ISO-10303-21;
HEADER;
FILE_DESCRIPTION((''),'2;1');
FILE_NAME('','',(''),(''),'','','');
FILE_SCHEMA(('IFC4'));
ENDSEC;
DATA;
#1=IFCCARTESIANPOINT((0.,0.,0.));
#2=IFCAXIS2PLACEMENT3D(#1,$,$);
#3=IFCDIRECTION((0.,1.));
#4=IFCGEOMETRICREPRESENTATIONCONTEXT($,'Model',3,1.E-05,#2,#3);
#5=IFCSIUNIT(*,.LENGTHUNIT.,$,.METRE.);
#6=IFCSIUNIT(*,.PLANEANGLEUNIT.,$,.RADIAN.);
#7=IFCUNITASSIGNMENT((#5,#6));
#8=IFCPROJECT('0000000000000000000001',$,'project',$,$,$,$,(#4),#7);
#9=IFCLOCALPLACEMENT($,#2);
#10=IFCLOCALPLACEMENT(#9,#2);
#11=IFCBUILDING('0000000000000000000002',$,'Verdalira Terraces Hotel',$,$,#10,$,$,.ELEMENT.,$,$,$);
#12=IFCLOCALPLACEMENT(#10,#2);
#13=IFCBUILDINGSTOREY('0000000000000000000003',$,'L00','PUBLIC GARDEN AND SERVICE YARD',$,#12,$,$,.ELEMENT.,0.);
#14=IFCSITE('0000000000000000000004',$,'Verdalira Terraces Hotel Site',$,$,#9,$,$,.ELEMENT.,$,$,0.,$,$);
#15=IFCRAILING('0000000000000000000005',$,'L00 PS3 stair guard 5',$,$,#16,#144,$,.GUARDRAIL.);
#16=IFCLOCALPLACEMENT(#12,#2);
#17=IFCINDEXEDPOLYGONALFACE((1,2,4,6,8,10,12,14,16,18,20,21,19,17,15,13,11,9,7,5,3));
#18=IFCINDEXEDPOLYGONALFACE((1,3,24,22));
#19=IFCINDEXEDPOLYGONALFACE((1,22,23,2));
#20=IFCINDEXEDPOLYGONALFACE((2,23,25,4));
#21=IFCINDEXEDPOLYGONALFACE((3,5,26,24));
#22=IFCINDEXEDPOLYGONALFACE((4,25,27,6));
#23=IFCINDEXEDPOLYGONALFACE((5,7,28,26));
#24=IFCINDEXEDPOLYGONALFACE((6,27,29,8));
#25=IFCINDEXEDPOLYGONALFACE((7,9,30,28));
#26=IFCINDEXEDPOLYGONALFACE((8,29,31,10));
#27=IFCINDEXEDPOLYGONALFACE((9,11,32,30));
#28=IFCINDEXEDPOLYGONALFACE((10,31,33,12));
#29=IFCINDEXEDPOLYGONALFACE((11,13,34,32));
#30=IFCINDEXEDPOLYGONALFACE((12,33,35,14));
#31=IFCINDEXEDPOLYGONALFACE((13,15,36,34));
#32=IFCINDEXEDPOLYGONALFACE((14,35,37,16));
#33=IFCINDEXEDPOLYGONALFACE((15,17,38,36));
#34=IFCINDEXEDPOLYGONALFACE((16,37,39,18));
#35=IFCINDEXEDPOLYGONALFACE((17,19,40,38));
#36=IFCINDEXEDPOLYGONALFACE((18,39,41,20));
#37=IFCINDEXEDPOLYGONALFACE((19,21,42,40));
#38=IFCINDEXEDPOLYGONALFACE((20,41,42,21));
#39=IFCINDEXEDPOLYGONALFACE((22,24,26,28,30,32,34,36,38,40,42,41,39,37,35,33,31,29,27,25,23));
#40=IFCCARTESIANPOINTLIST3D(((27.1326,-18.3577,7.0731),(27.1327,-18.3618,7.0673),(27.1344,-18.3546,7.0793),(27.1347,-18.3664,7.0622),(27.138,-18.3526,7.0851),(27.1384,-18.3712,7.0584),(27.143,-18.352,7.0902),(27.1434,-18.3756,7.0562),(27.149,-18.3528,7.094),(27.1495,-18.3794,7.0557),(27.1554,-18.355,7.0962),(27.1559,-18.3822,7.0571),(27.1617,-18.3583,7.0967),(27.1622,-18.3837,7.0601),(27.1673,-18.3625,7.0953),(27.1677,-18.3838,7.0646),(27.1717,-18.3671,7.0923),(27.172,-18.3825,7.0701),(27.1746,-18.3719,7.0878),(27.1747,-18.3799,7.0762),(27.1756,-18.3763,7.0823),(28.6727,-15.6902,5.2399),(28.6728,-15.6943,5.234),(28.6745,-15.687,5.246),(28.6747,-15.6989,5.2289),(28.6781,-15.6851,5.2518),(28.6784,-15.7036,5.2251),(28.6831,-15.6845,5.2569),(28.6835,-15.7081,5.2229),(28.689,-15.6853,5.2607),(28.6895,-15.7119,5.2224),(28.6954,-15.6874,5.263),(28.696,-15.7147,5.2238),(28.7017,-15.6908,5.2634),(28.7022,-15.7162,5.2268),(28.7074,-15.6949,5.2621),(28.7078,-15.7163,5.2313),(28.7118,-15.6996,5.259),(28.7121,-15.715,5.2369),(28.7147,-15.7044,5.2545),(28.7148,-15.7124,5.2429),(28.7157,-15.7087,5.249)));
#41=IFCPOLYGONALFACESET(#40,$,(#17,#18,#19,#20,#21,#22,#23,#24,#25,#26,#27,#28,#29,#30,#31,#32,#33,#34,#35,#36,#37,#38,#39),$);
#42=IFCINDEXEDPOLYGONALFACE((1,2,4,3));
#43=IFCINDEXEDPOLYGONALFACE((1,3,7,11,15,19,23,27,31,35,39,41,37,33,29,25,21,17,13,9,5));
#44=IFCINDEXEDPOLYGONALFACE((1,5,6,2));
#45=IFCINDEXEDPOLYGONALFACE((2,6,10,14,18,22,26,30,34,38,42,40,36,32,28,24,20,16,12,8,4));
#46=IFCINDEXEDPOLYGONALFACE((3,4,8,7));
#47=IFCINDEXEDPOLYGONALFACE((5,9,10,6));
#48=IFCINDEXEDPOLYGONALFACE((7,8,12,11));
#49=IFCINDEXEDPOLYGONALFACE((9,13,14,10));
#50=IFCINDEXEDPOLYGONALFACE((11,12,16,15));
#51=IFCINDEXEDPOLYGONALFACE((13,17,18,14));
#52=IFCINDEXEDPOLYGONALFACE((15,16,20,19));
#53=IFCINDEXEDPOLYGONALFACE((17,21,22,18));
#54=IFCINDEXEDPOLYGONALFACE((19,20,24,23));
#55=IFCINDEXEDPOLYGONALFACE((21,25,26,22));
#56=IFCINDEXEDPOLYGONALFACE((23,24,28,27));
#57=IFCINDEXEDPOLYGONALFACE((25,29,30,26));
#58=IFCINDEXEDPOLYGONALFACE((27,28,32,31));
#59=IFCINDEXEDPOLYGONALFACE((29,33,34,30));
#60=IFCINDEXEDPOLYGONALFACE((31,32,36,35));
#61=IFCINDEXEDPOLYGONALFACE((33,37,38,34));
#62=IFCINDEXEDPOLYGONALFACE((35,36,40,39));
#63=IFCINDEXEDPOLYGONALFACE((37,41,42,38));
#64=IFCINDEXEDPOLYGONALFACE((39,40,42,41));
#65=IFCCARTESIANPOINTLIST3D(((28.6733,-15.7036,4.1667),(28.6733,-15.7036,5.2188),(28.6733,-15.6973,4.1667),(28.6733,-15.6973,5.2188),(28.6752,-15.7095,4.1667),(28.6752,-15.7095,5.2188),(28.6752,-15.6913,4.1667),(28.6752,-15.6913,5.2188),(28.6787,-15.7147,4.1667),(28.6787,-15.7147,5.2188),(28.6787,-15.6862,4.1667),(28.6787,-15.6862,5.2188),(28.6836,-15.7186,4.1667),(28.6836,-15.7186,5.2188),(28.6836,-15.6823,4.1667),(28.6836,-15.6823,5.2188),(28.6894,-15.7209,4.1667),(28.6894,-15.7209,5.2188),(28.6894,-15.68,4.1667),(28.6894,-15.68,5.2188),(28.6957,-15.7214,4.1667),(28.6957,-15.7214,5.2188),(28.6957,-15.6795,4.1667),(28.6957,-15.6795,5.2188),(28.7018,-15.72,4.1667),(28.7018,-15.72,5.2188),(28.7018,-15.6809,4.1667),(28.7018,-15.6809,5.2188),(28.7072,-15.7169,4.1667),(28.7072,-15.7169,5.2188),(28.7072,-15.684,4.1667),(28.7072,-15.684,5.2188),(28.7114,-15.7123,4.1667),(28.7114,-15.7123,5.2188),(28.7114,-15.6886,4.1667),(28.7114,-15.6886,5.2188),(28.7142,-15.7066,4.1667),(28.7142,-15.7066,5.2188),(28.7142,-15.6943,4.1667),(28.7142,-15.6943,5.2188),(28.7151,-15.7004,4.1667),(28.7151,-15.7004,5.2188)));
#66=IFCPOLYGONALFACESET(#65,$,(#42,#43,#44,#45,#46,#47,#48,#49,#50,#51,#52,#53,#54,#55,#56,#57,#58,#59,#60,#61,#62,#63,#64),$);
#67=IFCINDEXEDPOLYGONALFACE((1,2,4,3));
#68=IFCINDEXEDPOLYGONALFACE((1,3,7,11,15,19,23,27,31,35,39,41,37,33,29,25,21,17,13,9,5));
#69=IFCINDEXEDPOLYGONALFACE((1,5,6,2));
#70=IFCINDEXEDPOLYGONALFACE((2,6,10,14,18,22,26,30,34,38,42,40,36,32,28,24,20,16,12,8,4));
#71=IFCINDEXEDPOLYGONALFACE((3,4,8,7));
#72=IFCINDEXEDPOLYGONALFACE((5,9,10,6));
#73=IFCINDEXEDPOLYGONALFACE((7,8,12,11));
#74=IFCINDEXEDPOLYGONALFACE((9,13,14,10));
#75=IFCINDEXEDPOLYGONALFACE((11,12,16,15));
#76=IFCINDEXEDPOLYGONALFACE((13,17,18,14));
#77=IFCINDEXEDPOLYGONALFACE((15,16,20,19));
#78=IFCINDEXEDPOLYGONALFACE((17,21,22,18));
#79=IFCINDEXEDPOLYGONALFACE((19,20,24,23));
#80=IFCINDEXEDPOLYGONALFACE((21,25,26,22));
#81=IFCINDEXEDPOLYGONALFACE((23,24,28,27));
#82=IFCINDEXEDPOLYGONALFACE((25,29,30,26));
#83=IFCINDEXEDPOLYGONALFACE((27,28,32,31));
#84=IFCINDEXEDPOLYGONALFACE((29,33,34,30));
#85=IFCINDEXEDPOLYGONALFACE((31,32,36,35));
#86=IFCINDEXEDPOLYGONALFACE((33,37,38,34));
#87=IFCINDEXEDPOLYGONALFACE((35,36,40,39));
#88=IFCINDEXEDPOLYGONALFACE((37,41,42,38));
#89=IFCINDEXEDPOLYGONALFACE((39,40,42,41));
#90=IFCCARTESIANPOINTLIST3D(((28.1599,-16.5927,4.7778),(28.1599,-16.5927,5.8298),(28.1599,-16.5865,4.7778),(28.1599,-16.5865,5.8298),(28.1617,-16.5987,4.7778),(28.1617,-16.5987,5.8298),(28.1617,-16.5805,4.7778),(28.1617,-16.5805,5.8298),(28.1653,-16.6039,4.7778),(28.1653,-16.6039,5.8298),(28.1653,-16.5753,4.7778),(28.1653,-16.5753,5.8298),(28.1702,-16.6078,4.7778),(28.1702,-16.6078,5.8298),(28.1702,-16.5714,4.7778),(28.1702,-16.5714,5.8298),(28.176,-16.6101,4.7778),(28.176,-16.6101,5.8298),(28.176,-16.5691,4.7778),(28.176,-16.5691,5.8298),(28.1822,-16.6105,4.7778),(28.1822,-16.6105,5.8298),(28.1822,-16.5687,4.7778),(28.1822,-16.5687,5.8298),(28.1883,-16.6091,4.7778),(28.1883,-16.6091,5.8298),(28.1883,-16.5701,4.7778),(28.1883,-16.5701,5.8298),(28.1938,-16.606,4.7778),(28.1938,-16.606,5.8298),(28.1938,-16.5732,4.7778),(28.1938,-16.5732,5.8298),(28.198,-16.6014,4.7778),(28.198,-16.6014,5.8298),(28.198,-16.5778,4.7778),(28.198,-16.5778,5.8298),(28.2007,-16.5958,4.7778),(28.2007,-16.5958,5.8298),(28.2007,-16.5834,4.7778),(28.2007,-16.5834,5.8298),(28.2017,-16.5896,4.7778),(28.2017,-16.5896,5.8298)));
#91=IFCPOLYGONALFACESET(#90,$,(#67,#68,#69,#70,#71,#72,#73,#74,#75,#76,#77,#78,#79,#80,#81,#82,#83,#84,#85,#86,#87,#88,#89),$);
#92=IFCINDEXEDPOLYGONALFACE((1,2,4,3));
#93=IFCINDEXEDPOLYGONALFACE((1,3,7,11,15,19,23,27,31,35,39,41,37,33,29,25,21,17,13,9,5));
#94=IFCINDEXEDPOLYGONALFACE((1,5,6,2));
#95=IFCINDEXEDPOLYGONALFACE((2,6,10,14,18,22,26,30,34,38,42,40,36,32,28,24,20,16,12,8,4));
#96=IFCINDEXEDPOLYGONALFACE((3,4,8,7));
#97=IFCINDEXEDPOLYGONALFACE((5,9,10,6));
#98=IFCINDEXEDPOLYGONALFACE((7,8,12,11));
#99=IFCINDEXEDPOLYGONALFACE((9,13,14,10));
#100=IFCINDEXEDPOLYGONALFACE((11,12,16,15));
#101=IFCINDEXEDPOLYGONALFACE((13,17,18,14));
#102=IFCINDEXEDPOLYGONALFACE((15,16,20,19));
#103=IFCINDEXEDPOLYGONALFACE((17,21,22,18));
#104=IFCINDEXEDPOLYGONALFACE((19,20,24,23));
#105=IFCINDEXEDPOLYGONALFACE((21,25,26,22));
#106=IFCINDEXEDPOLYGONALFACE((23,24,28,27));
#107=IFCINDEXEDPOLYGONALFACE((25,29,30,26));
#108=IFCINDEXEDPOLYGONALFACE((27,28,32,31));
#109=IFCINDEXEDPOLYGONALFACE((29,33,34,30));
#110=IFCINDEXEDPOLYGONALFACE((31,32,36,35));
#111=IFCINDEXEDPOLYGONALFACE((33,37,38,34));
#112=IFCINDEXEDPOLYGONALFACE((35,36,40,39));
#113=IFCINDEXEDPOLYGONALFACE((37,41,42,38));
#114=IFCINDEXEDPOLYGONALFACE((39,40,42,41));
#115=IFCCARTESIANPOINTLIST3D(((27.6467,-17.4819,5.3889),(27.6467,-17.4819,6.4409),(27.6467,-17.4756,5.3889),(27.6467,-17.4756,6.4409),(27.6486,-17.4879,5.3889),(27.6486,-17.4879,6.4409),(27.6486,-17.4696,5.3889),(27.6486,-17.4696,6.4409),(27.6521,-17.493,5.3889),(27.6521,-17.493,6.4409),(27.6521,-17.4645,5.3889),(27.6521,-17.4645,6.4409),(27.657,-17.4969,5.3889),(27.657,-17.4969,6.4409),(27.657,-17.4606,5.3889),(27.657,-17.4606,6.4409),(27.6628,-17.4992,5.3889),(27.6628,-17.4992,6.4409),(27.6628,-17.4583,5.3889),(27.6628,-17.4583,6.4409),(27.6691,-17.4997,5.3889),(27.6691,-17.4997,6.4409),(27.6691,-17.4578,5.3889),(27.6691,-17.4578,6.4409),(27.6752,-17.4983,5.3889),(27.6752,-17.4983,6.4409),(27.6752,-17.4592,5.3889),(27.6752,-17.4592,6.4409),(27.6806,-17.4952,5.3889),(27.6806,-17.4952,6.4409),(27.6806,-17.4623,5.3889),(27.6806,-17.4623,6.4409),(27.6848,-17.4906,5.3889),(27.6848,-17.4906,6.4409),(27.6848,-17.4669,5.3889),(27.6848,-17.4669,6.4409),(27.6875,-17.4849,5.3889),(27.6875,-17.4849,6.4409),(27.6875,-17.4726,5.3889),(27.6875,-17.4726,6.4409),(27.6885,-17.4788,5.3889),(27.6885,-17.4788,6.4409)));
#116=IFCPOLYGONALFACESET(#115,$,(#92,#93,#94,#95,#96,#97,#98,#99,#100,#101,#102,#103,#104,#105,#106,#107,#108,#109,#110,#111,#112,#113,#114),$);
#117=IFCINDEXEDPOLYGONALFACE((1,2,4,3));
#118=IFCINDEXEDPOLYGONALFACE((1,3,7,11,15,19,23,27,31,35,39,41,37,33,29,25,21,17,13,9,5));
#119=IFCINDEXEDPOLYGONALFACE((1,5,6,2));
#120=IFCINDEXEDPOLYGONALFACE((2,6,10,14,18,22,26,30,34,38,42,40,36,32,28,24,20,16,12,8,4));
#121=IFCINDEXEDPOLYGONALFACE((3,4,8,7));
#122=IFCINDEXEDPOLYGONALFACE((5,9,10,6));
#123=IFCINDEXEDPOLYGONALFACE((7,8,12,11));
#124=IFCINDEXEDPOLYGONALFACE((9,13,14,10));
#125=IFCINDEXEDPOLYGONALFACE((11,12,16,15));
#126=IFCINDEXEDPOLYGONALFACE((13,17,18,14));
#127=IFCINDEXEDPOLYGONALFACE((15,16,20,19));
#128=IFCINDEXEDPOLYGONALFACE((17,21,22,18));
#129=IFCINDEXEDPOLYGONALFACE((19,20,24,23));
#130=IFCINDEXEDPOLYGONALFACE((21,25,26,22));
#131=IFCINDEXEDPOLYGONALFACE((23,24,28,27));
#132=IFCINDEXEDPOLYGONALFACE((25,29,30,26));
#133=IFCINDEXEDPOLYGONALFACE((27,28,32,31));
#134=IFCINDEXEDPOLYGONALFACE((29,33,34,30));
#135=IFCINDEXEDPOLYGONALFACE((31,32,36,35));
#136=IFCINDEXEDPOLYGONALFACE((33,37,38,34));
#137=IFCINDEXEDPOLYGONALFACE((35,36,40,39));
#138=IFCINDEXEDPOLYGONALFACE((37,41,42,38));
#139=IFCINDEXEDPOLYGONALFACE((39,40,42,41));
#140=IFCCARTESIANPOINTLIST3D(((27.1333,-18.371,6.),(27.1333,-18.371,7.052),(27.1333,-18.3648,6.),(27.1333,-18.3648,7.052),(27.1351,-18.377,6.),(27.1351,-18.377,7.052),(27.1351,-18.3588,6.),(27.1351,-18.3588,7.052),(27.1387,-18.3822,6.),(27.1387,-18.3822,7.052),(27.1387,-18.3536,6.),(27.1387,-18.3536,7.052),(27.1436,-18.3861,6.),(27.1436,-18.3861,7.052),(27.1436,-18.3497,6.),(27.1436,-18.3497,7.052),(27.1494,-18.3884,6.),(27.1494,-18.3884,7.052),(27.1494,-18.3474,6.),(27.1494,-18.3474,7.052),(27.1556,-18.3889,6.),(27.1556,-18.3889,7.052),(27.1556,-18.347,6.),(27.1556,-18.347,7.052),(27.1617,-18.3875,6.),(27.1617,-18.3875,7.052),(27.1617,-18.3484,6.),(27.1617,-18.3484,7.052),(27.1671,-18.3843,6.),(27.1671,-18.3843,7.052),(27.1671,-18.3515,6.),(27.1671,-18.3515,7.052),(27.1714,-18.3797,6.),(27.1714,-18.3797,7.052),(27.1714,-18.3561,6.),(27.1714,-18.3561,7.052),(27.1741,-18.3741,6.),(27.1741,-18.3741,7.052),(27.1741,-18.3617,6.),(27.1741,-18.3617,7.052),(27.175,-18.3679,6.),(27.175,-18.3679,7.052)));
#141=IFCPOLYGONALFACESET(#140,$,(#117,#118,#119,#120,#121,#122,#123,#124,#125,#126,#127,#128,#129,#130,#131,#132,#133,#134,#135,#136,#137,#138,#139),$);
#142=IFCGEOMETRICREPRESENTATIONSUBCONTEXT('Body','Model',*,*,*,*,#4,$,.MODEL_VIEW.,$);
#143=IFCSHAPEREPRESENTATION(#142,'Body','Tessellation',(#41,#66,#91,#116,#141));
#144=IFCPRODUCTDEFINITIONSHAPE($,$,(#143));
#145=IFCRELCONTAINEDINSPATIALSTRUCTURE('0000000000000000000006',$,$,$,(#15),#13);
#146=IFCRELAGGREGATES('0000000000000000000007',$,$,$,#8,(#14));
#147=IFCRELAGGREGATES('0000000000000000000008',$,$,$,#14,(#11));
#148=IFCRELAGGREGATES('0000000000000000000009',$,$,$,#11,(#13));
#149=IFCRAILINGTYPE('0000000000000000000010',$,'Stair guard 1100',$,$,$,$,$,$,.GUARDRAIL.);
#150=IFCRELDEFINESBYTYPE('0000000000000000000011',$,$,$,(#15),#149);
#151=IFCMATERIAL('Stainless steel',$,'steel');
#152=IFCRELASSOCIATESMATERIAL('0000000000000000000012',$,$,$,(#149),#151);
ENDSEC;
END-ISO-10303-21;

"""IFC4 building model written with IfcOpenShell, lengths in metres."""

from ifc_helpers import new_model, si_unit, direction, frame, origin, origin_2d, place, context, subcontext, project, spatial, circle, extrude, material, type_object, element, save


model = new_model("IFC4")

# Units and contexts
model_context = context("Model", 3, precision=1e-05, world=origin(), true_north=direction((0.0, 1.0)))
body_context = subcontext(model_context, "Body", "Model", "MODEL_VIEW")
ifc_project = project(units=[si_unit("LENGTHUNIT", "METRE"), si_unit("PLANEANGLEUNIT", "RADIAN")], contexts=[model_context])

# Site, building, storey
site_placement = place(None, origin())
site = spatial("IfcSite", under=ifc_project, at=site_placement, Name="Verdalira Terraces Hotel Site", CompositionType="ELEMENT", RefElevation=0.0)
building_placement = place(site_placement, origin())
building = spatial("IfcBuilding", under=site, at=building_placement, Name="Verdalira Terraces Hotel", CompositionType="ELEMENT")
storey_placement = place(building_placement, origin())
storey = spatial("IfcBuildingStorey", under=building, at=storey_placement, Name="L00", Description="PUBLIC GARDEN AND SERVICE YARD", CompositionType="ELEMENT", Elevation=0.0)

# Railing
ifc_material_1 = material(Name="Stainless steel", Category="steel")
railing_type = type_object("IfcRailingType", Name="Stair guard 1100", PredefinedType="GUARDRAIL", material=ifc_material_1)
railing_1_placement = place(storey_placement, frame((28.6941, -15.7004, 4.1667)))
element("IfcRailing", 1, at=railing_1_placement, inside=storey, type_object=railing_type, Name="L00 PS3 stair guard 5", PredefinedType="GUARDRAIL", context=body_context, shape_type="SweptSolid", body=[
    extrude(circle(Radius=0.0239, at=origin_2d()), frame((0.0, 0.0, 1.0762), z_axis=(-0.429649, -0.74419, 0.511452), x_axis=(0.86603, -0.499992, 0.0)), (0.0, 0.0, 1.0), 3.5845),
    extrude(circle(Radius=0.021, at=origin_2d()), origin(), (0.0, 0.0, 1.0), 1.052),
    extrude(circle(Radius=0.021, at=origin_2d()), frame((-0.5134, -0.8892, 0.6111)), (0.0, 0.0, 1.0), 1.052),
    extrude(circle(Radius=0.021, at=origin_2d()), frame((-1.0266, -1.7783, 1.2222)), (0.0, 0.0, 1.0), 1.052),
    extrude(circle(Radius=0.021, at=origin_2d()), frame((-1.54, -2.6675, 1.8333)), (0.0, 0.0, 1.0), 1.052),
])

save(model, "model.ifc")
